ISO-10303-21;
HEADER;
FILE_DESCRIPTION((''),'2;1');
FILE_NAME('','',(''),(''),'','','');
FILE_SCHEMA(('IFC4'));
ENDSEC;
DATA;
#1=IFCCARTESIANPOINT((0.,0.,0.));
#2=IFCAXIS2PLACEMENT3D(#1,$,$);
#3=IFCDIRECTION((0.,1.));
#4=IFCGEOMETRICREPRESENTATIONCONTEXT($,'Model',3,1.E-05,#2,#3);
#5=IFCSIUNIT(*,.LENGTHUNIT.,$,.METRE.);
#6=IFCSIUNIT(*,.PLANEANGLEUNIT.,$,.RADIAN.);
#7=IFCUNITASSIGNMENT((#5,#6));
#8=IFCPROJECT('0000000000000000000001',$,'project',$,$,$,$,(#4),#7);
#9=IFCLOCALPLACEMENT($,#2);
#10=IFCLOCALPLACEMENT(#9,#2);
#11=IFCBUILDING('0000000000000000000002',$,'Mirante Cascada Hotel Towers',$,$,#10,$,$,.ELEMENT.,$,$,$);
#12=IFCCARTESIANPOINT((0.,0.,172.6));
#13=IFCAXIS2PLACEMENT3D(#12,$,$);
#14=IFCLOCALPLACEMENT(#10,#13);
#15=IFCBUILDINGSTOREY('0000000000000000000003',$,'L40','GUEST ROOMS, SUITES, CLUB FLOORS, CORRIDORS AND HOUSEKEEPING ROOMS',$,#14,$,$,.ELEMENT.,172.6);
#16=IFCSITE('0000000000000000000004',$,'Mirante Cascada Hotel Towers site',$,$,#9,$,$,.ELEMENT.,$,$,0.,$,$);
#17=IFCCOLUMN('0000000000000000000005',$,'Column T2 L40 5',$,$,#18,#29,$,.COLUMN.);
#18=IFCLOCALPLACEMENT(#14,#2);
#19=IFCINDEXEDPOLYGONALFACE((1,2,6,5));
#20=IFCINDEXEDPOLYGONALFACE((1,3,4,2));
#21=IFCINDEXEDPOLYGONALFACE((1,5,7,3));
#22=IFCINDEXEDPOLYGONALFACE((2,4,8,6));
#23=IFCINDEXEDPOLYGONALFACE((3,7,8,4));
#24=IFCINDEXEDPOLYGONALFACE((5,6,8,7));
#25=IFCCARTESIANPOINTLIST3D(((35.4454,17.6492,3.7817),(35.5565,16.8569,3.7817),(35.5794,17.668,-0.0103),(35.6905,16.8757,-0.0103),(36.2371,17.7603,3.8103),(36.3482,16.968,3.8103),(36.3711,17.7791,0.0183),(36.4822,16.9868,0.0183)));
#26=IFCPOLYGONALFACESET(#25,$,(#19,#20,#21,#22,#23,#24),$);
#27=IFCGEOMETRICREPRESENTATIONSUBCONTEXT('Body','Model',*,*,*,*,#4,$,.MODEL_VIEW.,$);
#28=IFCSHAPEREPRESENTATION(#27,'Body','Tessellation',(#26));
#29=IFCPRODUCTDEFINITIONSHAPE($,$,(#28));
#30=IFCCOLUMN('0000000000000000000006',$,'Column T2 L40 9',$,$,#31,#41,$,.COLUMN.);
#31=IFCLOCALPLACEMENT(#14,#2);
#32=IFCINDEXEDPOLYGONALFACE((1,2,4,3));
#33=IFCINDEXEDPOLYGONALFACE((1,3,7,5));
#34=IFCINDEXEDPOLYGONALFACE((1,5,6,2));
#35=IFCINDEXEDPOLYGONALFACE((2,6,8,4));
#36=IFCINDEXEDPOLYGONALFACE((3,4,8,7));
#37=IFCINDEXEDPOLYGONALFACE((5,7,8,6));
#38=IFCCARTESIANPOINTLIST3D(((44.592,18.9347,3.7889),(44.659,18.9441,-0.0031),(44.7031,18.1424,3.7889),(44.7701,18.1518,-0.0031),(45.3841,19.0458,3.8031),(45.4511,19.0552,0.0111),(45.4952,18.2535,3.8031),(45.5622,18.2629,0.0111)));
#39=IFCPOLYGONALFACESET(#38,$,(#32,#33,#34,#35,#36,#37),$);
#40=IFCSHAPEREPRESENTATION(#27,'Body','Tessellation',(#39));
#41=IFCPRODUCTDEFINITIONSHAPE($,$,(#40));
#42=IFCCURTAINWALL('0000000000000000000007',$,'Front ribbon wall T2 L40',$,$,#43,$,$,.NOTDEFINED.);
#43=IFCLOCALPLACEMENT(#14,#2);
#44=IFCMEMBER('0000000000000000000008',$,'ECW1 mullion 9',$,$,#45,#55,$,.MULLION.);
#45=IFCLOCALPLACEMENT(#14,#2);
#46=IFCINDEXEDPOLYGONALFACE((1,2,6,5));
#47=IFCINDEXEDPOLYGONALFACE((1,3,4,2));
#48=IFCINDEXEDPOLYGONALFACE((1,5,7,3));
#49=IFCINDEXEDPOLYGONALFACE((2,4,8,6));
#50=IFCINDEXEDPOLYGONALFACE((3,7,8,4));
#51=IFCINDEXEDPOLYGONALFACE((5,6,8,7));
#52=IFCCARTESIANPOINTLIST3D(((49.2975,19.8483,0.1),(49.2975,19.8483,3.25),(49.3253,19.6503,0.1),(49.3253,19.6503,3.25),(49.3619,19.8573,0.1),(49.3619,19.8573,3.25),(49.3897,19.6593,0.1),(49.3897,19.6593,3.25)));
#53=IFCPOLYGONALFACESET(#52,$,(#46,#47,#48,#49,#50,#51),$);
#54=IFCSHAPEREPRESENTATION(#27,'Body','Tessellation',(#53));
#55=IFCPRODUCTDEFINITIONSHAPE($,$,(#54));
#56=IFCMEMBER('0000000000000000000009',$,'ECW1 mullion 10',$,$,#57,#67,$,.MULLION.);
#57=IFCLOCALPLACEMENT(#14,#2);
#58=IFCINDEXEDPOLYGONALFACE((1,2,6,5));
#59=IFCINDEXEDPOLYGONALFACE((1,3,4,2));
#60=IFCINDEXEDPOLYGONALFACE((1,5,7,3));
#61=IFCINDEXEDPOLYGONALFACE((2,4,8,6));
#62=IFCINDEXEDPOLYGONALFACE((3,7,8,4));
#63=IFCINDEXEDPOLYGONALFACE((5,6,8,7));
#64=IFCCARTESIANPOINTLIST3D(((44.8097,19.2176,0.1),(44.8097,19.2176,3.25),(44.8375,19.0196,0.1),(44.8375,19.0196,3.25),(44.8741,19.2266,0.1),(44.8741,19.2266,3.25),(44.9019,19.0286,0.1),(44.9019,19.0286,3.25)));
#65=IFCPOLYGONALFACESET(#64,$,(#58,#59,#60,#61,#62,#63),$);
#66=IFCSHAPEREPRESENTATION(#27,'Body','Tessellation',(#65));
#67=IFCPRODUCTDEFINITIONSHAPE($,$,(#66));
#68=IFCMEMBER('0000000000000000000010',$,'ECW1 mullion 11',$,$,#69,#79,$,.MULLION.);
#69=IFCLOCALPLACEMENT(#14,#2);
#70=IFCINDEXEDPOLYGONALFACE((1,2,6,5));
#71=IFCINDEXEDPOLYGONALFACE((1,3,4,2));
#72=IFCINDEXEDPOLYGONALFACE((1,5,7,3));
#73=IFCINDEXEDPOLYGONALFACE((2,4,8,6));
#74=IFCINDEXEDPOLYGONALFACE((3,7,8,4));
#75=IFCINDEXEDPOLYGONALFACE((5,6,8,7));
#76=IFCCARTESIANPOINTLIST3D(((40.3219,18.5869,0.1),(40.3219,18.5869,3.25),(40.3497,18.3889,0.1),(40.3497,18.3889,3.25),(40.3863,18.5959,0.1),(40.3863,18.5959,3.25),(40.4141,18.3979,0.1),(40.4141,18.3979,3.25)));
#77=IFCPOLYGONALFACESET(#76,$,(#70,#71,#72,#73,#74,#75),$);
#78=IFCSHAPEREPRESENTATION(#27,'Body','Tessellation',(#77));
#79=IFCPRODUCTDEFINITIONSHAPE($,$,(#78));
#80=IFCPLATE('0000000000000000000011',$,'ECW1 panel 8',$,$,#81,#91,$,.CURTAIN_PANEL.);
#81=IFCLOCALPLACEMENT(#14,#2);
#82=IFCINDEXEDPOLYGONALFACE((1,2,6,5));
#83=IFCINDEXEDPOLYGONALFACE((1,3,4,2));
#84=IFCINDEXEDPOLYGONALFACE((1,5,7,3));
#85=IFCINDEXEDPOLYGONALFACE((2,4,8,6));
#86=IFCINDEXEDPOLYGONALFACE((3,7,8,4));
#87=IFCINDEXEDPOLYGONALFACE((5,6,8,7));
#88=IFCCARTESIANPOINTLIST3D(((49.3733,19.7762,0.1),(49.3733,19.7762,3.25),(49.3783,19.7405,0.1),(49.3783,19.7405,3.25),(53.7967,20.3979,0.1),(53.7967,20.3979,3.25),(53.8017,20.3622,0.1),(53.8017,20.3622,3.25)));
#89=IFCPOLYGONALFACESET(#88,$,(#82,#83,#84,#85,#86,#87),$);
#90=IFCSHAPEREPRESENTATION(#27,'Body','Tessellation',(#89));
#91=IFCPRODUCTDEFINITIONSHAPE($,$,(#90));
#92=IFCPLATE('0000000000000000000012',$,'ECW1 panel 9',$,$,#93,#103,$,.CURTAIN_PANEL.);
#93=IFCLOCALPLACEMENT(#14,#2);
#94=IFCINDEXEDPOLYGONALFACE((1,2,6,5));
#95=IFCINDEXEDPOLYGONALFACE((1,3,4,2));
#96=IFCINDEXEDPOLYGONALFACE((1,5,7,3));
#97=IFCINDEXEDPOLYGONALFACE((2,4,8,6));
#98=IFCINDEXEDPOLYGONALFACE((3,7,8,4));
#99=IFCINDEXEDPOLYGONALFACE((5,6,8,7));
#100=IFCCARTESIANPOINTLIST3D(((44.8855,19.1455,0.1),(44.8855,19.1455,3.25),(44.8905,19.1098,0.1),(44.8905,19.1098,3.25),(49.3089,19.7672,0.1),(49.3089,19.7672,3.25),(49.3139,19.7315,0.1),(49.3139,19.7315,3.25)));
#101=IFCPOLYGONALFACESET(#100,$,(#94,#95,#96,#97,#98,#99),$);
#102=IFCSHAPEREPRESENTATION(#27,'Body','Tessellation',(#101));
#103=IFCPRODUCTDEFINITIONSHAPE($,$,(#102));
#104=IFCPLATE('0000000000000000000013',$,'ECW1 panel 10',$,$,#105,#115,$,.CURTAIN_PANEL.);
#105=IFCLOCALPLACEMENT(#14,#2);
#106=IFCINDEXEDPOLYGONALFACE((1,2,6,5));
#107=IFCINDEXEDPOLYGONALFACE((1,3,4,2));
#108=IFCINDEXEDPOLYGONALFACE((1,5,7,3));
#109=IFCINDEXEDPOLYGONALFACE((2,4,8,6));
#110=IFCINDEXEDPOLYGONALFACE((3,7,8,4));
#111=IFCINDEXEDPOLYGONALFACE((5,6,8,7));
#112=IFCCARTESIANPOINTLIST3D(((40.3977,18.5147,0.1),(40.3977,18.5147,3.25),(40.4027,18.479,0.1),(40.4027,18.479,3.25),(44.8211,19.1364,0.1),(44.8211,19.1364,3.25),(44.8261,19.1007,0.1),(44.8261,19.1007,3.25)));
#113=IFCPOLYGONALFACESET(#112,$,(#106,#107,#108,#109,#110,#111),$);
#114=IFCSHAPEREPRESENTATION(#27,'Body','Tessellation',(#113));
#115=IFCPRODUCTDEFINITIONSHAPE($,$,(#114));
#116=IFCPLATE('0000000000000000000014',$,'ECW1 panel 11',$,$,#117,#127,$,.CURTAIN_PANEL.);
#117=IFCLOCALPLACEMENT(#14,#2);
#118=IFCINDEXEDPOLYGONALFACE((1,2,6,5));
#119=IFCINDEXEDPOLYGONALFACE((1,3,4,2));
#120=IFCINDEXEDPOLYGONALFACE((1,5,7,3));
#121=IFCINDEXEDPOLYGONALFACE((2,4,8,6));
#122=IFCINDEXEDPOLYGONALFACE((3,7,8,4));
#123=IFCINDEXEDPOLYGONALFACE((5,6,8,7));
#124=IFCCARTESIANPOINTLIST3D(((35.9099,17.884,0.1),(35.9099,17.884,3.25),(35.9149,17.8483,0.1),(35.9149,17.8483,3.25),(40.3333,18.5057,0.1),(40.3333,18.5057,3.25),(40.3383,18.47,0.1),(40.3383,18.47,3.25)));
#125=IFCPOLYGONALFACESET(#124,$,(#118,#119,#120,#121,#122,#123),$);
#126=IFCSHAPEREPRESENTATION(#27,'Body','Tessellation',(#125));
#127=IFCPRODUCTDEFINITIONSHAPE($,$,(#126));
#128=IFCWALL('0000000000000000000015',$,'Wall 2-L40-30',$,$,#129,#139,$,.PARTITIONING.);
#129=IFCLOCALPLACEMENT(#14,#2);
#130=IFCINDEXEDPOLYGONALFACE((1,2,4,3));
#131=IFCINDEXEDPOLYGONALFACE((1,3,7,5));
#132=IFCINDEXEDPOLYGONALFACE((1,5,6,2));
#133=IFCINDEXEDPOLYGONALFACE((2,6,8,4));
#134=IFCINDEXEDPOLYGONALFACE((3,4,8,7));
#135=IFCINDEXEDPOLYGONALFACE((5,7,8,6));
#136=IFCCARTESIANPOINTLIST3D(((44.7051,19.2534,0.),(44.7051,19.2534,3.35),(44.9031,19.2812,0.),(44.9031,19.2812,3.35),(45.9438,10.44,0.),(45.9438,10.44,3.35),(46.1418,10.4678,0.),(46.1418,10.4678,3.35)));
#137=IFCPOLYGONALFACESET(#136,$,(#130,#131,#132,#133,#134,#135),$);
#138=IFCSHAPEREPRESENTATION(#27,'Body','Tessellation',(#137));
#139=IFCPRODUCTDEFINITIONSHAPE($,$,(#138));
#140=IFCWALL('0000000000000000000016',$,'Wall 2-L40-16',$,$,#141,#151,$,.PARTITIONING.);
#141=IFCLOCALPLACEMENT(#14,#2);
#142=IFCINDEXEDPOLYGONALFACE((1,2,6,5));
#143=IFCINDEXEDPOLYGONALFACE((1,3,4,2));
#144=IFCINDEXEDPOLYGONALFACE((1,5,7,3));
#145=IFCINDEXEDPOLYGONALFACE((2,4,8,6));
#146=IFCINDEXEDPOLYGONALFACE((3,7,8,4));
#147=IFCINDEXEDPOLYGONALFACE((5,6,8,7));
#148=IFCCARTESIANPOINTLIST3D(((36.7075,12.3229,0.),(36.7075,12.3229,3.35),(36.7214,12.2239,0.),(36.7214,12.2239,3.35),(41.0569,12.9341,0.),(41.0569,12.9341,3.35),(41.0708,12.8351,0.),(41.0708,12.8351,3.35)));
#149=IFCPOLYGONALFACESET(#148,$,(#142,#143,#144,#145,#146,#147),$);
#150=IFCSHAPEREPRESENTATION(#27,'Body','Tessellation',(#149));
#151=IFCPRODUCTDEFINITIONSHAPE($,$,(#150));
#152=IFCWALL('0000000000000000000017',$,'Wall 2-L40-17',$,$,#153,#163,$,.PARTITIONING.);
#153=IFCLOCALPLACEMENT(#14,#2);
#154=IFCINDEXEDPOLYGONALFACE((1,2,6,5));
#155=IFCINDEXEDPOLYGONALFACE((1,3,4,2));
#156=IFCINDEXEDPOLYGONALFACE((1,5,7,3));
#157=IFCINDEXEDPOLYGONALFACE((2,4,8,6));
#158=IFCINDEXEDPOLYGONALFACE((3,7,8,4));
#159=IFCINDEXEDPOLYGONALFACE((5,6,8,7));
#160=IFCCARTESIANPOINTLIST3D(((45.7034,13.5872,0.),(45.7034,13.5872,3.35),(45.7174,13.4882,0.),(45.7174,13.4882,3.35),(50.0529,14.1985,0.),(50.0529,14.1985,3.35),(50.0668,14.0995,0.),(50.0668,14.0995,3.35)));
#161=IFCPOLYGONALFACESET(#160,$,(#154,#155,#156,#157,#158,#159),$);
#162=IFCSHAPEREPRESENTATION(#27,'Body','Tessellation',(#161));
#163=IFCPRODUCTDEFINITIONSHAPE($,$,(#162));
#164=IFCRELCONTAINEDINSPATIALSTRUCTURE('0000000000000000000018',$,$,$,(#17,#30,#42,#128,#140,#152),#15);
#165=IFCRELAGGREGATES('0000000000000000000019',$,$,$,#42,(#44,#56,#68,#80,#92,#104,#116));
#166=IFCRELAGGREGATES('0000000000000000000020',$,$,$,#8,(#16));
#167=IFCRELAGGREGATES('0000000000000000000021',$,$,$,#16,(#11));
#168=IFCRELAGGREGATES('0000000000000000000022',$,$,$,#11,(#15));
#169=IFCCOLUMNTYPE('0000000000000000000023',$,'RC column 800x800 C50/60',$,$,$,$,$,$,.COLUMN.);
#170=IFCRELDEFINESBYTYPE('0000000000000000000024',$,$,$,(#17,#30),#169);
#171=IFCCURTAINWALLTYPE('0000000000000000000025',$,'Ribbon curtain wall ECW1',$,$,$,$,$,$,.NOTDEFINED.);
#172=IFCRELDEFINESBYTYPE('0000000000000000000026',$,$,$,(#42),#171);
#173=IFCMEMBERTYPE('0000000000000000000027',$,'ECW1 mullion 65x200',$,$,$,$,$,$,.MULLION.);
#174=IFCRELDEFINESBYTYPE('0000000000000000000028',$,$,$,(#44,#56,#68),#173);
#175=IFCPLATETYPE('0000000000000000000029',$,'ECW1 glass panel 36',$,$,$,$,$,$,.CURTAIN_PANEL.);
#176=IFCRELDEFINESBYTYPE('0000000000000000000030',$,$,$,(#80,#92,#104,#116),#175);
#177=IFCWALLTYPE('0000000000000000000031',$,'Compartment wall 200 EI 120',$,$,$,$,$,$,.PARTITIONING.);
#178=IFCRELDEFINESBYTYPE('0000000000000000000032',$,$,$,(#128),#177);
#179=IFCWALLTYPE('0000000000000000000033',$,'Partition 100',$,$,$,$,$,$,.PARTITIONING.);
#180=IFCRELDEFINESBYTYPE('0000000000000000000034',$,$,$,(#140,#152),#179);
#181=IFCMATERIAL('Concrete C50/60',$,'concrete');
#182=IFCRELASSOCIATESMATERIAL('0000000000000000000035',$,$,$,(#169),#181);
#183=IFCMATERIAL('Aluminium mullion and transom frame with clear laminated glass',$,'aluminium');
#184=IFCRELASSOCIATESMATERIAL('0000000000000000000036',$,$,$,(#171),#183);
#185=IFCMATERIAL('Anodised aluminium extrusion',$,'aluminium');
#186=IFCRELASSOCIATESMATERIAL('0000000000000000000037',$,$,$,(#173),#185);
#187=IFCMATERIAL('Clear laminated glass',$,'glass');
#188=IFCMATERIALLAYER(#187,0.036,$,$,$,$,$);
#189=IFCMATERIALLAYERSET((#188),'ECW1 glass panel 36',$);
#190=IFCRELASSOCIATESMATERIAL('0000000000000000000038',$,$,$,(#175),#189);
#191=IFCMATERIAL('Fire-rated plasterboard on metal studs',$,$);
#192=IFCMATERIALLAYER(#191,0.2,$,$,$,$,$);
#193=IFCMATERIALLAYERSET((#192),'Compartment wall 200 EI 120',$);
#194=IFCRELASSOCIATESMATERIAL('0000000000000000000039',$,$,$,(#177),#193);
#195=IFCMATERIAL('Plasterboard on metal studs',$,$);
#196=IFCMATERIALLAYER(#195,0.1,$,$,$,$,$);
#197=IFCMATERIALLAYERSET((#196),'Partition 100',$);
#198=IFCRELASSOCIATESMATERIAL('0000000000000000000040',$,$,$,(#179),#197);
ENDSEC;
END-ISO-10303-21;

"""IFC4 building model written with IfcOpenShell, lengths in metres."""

from ifc_helpers import new_model, si_unit, direction, frame, frame_2d, origin, origin_2d, place, context, subcontext, project, spatial, rectangle, extrude, material, layer, layer_set, material_profile, profile_set, type_object, element, aggregate, save


model = new_model("IFC4")

# Units and contexts
model_context = context("Model", 3, precision=1e-05, world=origin(), true_north=direction((0.0, 1.0)))
body_context = subcontext(model_context, "Body", "Model", "MODEL_VIEW")
ifc_project = project(units=[si_unit("LENGTHUNIT", "METRE"), si_unit("PLANEANGLEUNIT", "RADIAN")], contexts=[model_context])

# Site, building, storey
site_placement = place(None, origin())
site = spatial("IfcSite", under=ifc_project, at=site_placement, Name="Mirante Cascada Hotel Towers site", CompositionType="ELEMENT", RefElevation=0.0)
building_placement = place(site_placement, origin())
building = spatial("IfcBuilding", under=site, at=building_placement, Name="Mirante Cascada Hotel Towers", CompositionType="ELEMENT")
storey_placement = place(building_placement, frame((0.0, 0.0, 172.6)))
storey = spatial("IfcBuildingStorey", under=building, at=storey_placement, Name="L40", Description="GUEST ROOMS, SUITES, CLUB FLOORS, CORRIDORS AND HOUSEKEEPING ROOMS", CompositionType="ELEMENT", Elevation=172.6)

# Columns
ifc_material_1 = material(Name="Concrete C50/60", Category="concrete")
ifc_material_profile_1 = material_profile(ifc_material_1, rectangle(XDim=0.8, YDim=0.8, at=origin_2d()), Name="RC column 800x800 C50/60")
ifc_profile_set_1 = profile_set([ifc_material_profile_1], Name="Concrete C50/60")
column_type = type_object("IfcColumnType", Name="RC column 800x800 C50/60", PredefinedType="COLUMN", material=ifc_profile_set_1)
column_1_placement = place(storey_placement, frame((36.0308, 17.3274, 0.004), z_axis=(-0.035315, -0.004955, 0.999364), x_axis=(0.138938, -0.990301, 0.0)))
element("IfcColumn", 1, at=column_1_placement, inside=storey, type_object=column_type, Name="Column T2 L40 5", PredefinedType="COLUMN", context=body_context, shape_type="SweptSolid", body=[
    extrude(rectangle(XDim=0.8, YDim=0.8, at=origin_2d()), origin(), (0.0, 0.0, 1.0), 3.7944),
])
column_2_placement = place(storey_placement, frame((45.1106, 18.6035, 0.004), z_axis=(-0.017666, -0.002478, 0.999841), x_axis=(0.138938, -0.990301, 0.0)))
element("IfcColumn", 2, at=column_2_placement, inside=storey, type_object=column_type, Name="Column T2 L40 9", PredefinedType="COLUMN", context=body_context, shape_type="SweptSolid", body=[
    extrude(rectangle(XDim=0.8, YDim=0.8, at=origin_2d()), origin(), (0.0, 0.0, 1.0), 3.7926),
])

# Curtain wall, members, plates
ifc_material_2 = material(Name="Aluminium mullion and transom frame with clear laminated glass", Category="aluminium")
curtain_wall_type = type_object("IfcCurtainWallType", Name="Ribbon curtain wall ECW1", PredefinedType="NOTDEFINED", material=ifc_material_2)
curtain_wall_placement = place(storey_placement, origin())
curtain_wall = element("IfcCurtainWall", 3, at=curtain_wall_placement, inside=storey, type_object=curtain_wall_type, Name="Front ribbon wall T2 L40", PredefinedType="NOTDEFINED")
ifc_material_3 = material(Name="Anodised aluminium extrusion", Category="aluminium")
ifc_material_profile_2 = material_profile(ifc_material_3, rectangle(XDim=0.2, YDim=0.065, at=origin_2d()), Name="ECW1 MULLION 65x200")
ifc_profile_set_2 = profile_set([ifc_material_profile_2], Name="Anodised aluminium extrusion")
member_type = type_object("IfcMemberType", Name="ECW1 mullion 65x200", PredefinedType="MULLION", material=ifc_profile_set_2)
member_1_placement = place(storey_placement, frame((49.3436, 19.7538, 0.1), z_axis=(0.0, 0.0, 1.0), x_axis=(0.139173, -0.990268, 0.0)))
member_1 = element("IfcMember", 4, at=member_1_placement, type_object=member_type, Name="ECW1 mullion 9", PredefinedType="MULLION", context=body_context, shape_type="SweptSolid", body=[
    extrude(rectangle(XDim=0.2, YDim=0.065, at=origin_2d()), origin(), (0.0, 0.0, 1.0), 3.15),
])
member_2_placement = place(storey_placement, frame((44.8558, 19.1231, 0.1), z_axis=(0.0, 0.0, 1.0), x_axis=(0.139173, -0.990268, 0.0)))
member_2 = element("IfcMember", 5, at=member_2_placement, type_object=member_type, Name="ECW1 mullion 10", PredefinedType="MULLION", context=body_context, shape_type="SweptSolid", body=[
    extrude(rectangle(XDim=0.2, YDim=0.065, at=origin_2d()), origin(), (0.0, 0.0, 1.0), 3.15),
])
member_3_placement = place(storey_placement, frame((40.368, 18.4924, 0.1), z_axis=(0.0, 0.0, 1.0), x_axis=(0.139173, -0.990268, 0.0)))
member_3 = element("IfcMember", 6, at=member_3_placement, type_object=member_type, Name="ECW1 mullion 11", PredefinedType="MULLION", context=body_context, shape_type="SweptSolid", body=[
    extrude(rectangle(XDim=0.2, YDim=0.065, at=origin_2d()), origin(), (0.0, 0.0, 1.0), 3.15),
])
ifc_material_4 = material(Name="Clear laminated glass", Category="glass")
ifc_layer_1 = layer(ifc_material_4, 0.036)
ifc_layer_set_1 = layer_set([ifc_layer_1], Name="ECW1 glass panel 36")
plate_type = type_object("IfcPlateType", Name="ECW1 glass panel 36", PredefinedType="CURTAIN_PANEL", material=ifc_layer_set_1)
plate_1_placement = place(storey_placement, frame((51.5875, 20.0692, 0.1), z_axis=(0.0, 0.0, 1.0), x_axis=(-0.990268, -0.139173, 0.0)))
plate_1 = element("IfcPlate", 7, at=plate_1_placement, type_object=plate_type, Name="ECW1 panel 8", PredefinedType="CURTAIN_PANEL", context=body_context, shape_type="SweptSolid", body=[
    extrude(rectangle(XDim=4.4669, YDim=0.036, at=origin_2d()), origin(), (0.0, 0.0, 1.0), 3.15),
])
plate_2_placement = place(storey_placement, frame((47.0997, 19.4385, 0.1), z_axis=(0.0, 0.0, 1.0), x_axis=(-0.990268, -0.139173, 0.0)))
plate_2 = element("IfcPlate", 8, at=plate_2_placement, type_object=plate_type, Name="ECW1 panel 9", PredefinedType="CURTAIN_PANEL", context=body_context, shape_type="SweptSolid", body=[
    extrude(rectangle(XDim=4.4669, YDim=0.036, at=origin_2d()), origin(), (0.0, 0.0, 1.0), 3.15),
])
plate_3_placement = place(storey_placement, frame((42.6119, 18.8077, 0.1), z_axis=(0.0, 0.0, 1.0), x_axis=(-0.990268, -0.139173, 0.0)))
plate_3 = element("IfcPlate", 9, at=plate_3_placement, type_object=plate_type, Name="ECW1 panel 10", PredefinedType="CURTAIN_PANEL", context=body_context, shape_type="SweptSolid", body=[
    extrude(rectangle(XDim=4.4669, YDim=0.036, at=origin_2d()), origin(), (0.0, 0.0, 1.0), 3.15),
])
plate_4_placement = place(storey_placement, frame((38.1241, 18.177, 0.1), z_axis=(0.0, 0.0, 1.0), x_axis=(-0.990268, -0.139173, 0.0)))
plate_4 = element("IfcPlate", 10, at=plate_4_placement, type_object=plate_type, Name="ECW1 panel 11", PredefinedType="CURTAIN_PANEL", context=body_context, shape_type="SweptSolid", body=[
    extrude(rectangle(XDim=4.4669, YDim=0.036, at=origin_2d()), origin(), (0.0, 0.0, 1.0), 3.15),
])
aggregate(curtain_wall, [member_1, member_2, member_3, plate_1, plate_2, plate_3, plate_4])

# Walls
ifc_material_5 = material(Name="Fire-rated plasterboard on metal studs")
ifc_layer_2 = layer(ifc_material_5, 0.2)
ifc_layer_set_2 = layer_set([ifc_layer_2], Name="Compartment wall 200 EI 120")
wall_type_1 = type_object("IfcWallType", Name="Compartment wall 200 EI 120", PredefinedType="PARTITIONING", material=ifc_layer_set_2)
wall_1_placement = place(storey_placement, frame((44.8041, 19.2673, 0.0), z_axis=(0.0, 0.0, 1.0), x_axis=(0.139179, -0.990267, 0.0)))
element("IfcWall", 11, at=wall_1_placement, inside=storey, type_object=wall_type_1, Name="Wall 2-L40-30", PredefinedType="PARTITIONING", context=body_context, shape_type="SweptSolid", body=[
    extrude(rectangle(XDim=8.9, YDim=0.2, at=frame_2d((4.45, 0.0))), origin(), (0.0, 0.0, 1.0), 3.35),
])
ifc_material_6 = material(Name="Plasterboard on metal studs")
ifc_layer_3 = layer(ifc_material_6, 0.1)
ifc_layer_set_3 = layer_set([ifc_layer_3], Name="Partition 100")
wall_type_2 = type_object("IfcWallType", Name="Partition 100", PredefinedType="PARTITIONING", material=ifc_layer_set_3)
wall_2_placement = place(storey_placement, frame((41.0638, 12.8846, 0.0), z_axis=(0.0, 0.0, 1.0), x_axis=(-0.99027, -0.139158, 0.0)))
element("IfcWall", 12, at=wall_2_placement, inside=storey, type_object=wall_type_2, Name="Wall 2-L40-16", PredefinedType="PARTITIONING", context=body_context, shape_type="SweptSolid", body=[
    extrude(rectangle(XDim=4.3921, YDim=0.1, at=frame_2d((2.196, 0.0))), origin(), (0.0, 0.0, 1.0), 3.35),
])
wall_3_placement = place(storey_placement, frame((45.7104, 13.5377, 0.0), z_axis=(0.0, 0.0, 1.0), x_axis=(0.990267, 0.139177, 0.0)))
element("IfcWall", 13, at=wall_3_placement, inside=storey, type_object=wall_type_2, Name="Wall 2-L40-17", PredefinedType="PARTITIONING", context=body_context, shape_type="SweptSolid", body=[
    extrude(rectangle(XDim=4.3922, YDim=0.1, at=frame_2d((2.1961, 0.0))), origin(), (0.0, 0.0, 1.0), 3.35),
])

save(model, "model.ifc")
